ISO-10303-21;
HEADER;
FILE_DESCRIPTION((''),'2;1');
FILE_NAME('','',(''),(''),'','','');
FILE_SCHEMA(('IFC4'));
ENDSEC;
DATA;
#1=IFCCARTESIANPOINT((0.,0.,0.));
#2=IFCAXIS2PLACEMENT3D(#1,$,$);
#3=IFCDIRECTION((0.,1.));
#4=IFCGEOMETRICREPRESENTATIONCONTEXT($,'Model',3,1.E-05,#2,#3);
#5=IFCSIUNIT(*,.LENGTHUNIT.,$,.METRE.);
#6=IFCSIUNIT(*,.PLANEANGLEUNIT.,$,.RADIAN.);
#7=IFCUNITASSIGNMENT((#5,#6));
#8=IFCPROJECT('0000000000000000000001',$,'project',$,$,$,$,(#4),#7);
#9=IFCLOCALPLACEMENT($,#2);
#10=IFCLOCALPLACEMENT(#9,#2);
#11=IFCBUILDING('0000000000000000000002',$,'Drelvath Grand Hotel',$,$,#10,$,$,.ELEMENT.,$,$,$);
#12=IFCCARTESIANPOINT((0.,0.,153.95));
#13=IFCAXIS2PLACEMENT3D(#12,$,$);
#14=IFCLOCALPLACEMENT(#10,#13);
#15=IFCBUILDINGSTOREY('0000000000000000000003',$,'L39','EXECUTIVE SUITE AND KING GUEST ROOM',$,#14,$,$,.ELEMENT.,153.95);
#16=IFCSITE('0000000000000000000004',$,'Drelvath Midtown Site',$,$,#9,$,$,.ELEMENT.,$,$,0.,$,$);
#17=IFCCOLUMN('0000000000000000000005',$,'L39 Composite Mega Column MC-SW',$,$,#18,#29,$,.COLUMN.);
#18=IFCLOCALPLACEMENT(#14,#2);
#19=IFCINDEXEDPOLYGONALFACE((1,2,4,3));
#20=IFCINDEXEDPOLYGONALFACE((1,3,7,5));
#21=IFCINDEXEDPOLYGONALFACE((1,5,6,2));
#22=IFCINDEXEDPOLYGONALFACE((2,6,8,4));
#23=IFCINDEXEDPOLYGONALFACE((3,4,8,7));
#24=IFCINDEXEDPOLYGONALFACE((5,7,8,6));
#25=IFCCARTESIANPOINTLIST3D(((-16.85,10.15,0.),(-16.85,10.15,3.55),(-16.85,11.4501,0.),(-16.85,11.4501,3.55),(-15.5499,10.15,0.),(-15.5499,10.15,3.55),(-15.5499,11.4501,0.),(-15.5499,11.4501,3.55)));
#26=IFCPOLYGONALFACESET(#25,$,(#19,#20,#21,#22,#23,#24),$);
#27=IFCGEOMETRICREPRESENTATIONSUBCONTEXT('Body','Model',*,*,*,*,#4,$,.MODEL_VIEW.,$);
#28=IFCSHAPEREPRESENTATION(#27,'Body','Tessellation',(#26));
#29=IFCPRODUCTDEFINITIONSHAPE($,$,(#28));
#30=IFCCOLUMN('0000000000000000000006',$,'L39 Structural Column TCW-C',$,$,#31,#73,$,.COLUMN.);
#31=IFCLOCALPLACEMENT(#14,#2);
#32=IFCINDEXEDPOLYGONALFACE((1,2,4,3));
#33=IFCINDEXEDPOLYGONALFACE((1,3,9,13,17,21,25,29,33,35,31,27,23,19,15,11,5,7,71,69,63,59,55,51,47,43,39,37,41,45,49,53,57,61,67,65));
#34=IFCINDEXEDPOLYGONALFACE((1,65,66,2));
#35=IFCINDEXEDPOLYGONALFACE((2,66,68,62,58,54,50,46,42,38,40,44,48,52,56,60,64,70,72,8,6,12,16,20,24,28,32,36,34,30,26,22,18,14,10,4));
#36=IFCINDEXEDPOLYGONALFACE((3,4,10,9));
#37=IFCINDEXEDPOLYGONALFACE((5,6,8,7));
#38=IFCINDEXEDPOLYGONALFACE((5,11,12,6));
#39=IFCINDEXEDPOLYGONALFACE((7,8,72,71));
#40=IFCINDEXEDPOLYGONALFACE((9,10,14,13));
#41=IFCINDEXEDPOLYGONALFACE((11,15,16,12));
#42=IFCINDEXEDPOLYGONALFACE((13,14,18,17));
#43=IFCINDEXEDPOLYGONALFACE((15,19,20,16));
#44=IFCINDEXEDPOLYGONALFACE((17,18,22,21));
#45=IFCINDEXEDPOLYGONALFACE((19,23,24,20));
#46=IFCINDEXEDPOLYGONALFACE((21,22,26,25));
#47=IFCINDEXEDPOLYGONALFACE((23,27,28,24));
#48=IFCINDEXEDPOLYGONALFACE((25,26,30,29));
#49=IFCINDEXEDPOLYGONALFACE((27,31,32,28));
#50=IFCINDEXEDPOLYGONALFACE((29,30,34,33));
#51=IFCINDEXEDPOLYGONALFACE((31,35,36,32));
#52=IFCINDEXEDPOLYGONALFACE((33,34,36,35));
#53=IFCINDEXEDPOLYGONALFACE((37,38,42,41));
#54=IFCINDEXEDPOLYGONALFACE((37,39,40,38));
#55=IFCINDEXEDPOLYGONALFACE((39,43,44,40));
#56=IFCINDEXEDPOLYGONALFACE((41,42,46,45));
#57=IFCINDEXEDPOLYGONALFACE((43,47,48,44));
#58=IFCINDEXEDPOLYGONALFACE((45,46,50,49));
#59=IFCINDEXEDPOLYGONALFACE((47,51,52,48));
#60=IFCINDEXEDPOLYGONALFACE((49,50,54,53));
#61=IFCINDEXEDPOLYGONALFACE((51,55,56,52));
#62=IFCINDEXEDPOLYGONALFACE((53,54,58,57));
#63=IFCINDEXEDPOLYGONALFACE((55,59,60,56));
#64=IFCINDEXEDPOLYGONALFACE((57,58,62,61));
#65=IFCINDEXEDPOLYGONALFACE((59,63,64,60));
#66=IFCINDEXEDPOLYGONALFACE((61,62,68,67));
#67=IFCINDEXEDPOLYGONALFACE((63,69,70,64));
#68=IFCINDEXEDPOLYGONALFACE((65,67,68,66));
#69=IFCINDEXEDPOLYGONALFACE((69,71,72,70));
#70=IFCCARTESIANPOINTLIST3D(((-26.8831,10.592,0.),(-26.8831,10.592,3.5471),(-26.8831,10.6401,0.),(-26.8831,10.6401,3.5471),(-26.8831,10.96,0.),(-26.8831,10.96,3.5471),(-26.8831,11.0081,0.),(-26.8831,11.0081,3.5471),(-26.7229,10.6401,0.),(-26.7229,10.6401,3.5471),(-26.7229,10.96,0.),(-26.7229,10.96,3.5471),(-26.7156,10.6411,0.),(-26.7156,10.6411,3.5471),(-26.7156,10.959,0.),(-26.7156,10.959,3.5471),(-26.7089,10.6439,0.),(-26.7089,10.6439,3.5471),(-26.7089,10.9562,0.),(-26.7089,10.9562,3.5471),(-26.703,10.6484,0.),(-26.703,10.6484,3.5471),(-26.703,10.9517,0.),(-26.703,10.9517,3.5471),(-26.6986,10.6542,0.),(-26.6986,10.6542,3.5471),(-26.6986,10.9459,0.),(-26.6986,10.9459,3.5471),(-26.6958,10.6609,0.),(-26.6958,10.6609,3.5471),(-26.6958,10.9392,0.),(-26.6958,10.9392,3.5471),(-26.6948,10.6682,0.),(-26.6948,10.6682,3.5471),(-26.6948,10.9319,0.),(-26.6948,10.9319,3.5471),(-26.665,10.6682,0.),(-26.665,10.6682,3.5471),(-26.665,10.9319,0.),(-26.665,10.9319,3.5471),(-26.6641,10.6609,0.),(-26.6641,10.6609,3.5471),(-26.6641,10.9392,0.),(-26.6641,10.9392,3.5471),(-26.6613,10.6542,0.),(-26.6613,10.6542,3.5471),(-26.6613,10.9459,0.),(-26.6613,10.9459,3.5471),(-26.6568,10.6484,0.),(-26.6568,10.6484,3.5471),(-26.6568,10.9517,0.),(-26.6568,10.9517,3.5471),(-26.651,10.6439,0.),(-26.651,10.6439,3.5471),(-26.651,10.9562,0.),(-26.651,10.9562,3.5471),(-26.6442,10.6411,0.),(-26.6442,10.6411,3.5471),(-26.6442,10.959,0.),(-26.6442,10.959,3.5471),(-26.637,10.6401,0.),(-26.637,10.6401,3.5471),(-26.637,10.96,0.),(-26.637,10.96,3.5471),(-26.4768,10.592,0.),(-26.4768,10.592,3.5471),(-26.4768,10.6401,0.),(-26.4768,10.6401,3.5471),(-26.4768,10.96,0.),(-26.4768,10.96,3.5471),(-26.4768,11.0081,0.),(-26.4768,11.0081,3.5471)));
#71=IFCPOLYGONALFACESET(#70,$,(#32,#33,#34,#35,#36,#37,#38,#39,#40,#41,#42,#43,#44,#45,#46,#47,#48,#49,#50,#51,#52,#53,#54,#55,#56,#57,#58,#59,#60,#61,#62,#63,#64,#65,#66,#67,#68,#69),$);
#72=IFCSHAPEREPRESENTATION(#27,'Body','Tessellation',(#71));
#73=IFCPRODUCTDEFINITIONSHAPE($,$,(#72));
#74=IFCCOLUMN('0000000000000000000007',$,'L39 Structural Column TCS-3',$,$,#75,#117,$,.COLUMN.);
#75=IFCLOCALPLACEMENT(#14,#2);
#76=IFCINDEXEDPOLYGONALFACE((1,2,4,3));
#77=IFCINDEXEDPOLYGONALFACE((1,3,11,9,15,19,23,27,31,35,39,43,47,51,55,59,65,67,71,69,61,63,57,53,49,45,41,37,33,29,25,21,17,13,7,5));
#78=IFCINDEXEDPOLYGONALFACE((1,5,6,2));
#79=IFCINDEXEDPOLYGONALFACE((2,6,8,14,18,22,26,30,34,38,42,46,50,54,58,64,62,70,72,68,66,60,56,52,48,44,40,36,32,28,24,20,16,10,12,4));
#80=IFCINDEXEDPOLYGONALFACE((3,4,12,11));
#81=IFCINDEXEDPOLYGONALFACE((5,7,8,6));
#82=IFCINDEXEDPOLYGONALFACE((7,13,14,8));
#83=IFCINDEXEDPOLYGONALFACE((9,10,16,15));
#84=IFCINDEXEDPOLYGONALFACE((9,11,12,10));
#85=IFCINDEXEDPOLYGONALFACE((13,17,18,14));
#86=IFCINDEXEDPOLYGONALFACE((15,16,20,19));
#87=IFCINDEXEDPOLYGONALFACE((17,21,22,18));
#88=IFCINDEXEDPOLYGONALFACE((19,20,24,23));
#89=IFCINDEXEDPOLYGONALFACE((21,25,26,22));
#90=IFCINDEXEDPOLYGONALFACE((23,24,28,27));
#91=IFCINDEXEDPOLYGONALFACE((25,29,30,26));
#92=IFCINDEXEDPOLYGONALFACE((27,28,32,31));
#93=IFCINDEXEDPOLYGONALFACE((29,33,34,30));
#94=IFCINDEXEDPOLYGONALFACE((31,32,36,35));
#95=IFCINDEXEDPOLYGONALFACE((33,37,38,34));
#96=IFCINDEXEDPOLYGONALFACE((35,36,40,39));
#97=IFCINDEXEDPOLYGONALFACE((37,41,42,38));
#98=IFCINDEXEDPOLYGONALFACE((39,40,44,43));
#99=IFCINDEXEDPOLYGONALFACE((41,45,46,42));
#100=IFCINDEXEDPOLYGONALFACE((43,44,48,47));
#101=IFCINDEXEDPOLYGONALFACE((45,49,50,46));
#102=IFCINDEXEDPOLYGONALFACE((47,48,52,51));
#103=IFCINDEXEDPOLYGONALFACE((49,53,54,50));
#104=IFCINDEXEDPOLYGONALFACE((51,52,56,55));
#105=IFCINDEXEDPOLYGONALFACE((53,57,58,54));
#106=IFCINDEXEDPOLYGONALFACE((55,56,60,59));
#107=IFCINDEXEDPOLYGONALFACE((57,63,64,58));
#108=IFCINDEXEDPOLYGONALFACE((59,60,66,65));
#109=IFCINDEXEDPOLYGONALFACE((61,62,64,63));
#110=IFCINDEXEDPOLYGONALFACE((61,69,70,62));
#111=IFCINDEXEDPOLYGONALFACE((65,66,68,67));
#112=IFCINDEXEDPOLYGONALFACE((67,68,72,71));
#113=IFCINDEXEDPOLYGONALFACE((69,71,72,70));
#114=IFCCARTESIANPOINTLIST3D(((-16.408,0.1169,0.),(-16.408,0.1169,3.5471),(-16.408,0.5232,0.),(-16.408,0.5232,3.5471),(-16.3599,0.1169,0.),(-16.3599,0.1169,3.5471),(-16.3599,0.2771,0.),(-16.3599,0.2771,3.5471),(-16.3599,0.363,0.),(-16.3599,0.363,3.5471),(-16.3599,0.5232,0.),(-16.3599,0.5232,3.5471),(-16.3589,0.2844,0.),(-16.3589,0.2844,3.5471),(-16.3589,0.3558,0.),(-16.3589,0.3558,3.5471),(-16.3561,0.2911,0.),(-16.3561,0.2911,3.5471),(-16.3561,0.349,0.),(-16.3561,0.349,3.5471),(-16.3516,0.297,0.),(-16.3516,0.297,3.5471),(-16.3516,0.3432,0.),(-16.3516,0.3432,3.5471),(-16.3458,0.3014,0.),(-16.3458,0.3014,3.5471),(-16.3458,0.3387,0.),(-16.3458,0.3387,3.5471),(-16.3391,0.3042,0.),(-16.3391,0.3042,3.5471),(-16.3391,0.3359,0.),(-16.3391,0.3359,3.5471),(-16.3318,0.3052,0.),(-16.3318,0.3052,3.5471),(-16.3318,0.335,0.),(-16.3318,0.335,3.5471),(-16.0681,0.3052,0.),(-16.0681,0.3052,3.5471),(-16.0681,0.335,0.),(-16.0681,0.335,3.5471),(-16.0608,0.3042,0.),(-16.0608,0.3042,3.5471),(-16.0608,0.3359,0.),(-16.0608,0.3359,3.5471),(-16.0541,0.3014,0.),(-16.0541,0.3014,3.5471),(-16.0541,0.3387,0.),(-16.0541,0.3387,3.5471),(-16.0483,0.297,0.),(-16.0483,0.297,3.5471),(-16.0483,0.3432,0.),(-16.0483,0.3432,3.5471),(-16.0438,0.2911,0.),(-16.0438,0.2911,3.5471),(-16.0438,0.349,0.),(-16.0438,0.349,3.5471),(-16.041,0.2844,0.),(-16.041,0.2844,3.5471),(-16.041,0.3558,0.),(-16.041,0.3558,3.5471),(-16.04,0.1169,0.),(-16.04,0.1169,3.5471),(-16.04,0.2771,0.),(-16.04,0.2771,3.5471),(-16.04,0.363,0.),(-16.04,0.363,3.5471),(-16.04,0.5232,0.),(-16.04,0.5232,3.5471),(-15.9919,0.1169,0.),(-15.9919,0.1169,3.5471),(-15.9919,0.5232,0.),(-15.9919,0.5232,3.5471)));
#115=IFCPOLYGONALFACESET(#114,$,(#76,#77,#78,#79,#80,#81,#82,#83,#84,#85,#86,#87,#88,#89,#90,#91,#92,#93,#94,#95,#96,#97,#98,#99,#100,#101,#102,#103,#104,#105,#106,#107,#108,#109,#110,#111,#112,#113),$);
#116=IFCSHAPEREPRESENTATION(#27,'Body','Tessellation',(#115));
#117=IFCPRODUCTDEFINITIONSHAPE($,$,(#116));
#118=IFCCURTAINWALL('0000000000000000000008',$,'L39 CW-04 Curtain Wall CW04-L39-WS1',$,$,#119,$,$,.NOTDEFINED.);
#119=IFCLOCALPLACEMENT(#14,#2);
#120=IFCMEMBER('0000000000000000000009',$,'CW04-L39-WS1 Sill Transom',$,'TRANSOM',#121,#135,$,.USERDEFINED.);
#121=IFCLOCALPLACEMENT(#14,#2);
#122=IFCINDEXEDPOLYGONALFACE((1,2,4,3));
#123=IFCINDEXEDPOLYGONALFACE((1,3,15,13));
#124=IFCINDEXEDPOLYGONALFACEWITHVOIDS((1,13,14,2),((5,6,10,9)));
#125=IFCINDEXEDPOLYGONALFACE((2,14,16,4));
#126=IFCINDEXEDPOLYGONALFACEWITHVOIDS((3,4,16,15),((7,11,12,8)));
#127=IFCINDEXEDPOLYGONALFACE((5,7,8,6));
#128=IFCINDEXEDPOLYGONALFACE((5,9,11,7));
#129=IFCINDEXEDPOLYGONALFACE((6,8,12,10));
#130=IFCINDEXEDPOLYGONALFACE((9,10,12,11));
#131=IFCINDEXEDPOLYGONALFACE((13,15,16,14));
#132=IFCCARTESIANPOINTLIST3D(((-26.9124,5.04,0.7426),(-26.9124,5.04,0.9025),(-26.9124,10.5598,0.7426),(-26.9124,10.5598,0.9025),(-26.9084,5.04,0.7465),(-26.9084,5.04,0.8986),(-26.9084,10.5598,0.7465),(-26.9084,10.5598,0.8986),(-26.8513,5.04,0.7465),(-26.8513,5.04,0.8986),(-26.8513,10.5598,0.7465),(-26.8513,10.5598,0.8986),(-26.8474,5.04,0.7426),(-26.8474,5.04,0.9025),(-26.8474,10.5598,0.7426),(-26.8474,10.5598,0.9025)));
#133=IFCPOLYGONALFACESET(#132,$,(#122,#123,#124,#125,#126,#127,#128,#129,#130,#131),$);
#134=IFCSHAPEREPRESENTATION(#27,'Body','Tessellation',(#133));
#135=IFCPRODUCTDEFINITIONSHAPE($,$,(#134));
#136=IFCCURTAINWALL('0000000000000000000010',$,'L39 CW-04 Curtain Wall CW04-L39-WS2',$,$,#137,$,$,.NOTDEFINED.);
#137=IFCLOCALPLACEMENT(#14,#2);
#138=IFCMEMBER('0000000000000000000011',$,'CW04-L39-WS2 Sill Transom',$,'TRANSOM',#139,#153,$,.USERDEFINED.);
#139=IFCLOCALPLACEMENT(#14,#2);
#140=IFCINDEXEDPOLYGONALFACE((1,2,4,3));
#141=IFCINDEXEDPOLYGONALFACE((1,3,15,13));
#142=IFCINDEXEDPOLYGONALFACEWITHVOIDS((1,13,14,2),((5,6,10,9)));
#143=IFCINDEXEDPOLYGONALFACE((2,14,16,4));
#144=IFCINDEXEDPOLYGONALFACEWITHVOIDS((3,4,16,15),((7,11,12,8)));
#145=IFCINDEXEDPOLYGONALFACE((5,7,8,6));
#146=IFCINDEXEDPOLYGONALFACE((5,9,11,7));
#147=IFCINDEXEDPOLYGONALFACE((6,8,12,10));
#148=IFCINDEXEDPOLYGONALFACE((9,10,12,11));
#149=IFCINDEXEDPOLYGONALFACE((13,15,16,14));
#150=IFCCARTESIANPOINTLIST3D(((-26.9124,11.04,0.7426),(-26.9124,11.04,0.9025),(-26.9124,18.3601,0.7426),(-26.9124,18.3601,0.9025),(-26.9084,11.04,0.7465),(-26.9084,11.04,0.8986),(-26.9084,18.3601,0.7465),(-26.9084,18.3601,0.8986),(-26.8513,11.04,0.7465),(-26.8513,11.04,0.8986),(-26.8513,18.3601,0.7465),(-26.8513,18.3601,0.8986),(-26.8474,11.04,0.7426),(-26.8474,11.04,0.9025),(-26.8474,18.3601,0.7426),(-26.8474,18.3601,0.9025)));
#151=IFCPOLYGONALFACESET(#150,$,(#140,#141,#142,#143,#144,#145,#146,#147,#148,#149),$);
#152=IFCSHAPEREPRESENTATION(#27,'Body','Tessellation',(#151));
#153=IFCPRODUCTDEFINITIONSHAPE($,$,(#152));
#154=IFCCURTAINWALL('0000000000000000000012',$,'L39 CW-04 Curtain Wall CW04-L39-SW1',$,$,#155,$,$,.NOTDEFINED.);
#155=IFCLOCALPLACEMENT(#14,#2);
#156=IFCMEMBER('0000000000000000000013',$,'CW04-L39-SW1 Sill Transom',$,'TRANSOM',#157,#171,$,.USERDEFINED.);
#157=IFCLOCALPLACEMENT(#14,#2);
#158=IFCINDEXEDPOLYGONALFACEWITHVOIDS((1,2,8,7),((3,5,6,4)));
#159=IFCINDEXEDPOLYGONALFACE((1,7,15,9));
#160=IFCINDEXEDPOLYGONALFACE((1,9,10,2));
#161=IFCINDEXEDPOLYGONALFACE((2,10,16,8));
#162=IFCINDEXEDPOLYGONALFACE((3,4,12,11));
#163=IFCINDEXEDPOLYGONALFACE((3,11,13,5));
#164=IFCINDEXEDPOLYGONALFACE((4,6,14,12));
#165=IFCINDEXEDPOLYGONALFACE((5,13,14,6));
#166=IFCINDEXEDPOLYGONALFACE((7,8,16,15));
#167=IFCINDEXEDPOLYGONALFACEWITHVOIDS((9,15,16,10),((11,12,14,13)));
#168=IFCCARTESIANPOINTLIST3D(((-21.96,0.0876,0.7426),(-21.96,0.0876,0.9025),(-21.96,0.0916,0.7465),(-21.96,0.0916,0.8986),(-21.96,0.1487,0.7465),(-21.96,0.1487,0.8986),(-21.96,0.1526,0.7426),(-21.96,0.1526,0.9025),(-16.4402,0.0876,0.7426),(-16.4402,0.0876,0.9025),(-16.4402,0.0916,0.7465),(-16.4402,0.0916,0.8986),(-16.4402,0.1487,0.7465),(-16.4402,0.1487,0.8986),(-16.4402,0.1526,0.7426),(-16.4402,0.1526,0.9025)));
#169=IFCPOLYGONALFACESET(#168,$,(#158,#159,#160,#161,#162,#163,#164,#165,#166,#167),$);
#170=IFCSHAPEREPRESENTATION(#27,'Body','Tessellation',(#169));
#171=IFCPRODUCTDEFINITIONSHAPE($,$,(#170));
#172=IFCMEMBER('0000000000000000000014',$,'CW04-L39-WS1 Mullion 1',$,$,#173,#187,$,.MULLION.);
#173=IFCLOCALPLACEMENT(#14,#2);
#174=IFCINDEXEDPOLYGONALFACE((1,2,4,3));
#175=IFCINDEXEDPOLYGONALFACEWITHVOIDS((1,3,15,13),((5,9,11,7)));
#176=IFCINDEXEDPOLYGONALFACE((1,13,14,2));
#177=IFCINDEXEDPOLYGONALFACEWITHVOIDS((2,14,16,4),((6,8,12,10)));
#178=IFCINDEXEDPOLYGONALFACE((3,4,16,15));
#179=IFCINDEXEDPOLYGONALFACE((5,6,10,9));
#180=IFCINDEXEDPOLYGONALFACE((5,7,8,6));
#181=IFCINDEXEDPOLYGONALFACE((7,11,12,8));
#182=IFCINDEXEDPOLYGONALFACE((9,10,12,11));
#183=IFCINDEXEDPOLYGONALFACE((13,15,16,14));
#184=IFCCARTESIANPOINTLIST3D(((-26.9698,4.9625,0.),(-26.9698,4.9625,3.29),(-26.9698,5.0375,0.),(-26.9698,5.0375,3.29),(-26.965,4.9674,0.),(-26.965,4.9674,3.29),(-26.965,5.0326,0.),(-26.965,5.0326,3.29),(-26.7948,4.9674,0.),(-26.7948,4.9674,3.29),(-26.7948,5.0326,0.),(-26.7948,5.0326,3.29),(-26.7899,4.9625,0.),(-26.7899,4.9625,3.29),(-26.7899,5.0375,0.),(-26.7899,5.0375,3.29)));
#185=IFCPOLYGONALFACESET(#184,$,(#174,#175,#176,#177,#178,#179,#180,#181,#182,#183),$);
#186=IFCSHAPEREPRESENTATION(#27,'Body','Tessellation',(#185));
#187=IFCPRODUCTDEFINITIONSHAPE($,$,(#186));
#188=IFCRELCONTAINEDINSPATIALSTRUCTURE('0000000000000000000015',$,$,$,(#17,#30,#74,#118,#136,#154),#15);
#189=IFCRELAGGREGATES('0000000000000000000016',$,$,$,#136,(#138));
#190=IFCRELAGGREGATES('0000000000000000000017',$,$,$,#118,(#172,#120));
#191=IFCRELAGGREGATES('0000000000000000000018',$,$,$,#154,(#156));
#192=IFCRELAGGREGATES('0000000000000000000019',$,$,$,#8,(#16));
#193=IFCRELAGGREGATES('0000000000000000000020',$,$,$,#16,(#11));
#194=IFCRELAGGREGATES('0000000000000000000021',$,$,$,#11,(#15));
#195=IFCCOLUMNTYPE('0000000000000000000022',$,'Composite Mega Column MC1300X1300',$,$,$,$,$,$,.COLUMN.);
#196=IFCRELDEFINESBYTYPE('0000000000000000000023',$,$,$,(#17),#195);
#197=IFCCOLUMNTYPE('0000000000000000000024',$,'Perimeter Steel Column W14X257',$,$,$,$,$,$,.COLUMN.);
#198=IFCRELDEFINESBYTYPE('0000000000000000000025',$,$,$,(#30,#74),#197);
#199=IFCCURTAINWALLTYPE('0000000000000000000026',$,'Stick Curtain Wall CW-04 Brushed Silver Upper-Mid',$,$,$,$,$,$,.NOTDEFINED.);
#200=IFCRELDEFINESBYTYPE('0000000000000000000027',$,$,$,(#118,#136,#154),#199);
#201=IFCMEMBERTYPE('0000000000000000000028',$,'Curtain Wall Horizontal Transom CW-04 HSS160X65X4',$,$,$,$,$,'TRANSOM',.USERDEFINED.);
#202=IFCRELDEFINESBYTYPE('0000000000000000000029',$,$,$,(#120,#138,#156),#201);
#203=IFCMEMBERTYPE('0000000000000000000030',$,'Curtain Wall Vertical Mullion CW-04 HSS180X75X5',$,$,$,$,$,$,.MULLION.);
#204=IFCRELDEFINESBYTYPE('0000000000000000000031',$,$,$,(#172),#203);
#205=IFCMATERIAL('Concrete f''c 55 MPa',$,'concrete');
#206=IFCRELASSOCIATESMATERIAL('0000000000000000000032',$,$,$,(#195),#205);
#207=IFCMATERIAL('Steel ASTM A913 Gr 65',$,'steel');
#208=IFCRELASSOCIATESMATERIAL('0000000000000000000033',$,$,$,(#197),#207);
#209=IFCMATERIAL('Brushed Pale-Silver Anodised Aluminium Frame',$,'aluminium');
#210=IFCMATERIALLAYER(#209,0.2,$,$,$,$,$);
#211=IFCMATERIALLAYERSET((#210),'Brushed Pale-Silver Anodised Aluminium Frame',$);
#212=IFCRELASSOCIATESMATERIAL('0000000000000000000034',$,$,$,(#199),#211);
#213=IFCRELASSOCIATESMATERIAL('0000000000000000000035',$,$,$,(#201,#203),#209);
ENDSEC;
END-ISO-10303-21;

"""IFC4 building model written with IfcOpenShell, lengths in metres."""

from ifc_helpers import new_model, si_unit, direction, frame, origin, origin_2d, place, context, subcontext, project, spatial, rectangle, hollow_rectangle, i_section, extrude, material, layer, layer_set, material_profile, profile_set, type_object, element, aggregate, save


model = new_model("IFC4")

# Units and contexts
model_context = context("Model", 3, precision=1e-05, world=origin(), true_north=direction((0.0, 1.0)))
body_context = subcontext(model_context, "Body", "Model", "MODEL_VIEW")
ifc_project = project(units=[si_unit("LENGTHUNIT", "METRE"), si_unit("PLANEANGLEUNIT", "RADIAN")], contexts=[model_context])

# Site, building, storey
site_placement = place(None, origin())
site = spatial("IfcSite", under=ifc_project, at=site_placement, Name="Drelvath Midtown Site", CompositionType="ELEMENT", RefElevation=0.0)
building_placement = place(site_placement, origin())
building = spatial("IfcBuilding", under=site, at=building_placement, Name="Drelvath Grand Hotel", CompositionType="ELEMENT")
storey_placement = place(building_placement, frame((0.0, 0.0, 153.95)))
storey = spatial("IfcBuildingStorey", under=building, at=storey_placement, Name="L39", Description="EXECUTIVE SUITE AND KING GUEST ROOM", CompositionType="ELEMENT", Elevation=153.95)

# Columns
ifc_material_1 = material(Name="Concrete f'c 55 MPa", Category="concrete")
ifc_material_profile_1 = material_profile(ifc_material_1, rectangle(XDim=1.3, YDim=1.3, at=origin_2d()), Name="MC1300X1300")
ifc_profile_set_1 = profile_set([ifc_material_profile_1], Name="Concrete f'c 55 MPa")
column_type_1 = type_object("IfcColumnType", Name="Composite Mega Column MC1300X1300", PredefinedType="COLUMN", material=ifc_profile_set_1)
column_placement = place(storey_placement, frame((-16.2, 10.8, 0.0), z_axis=(0.0, 0.0, 1.0), x_axis=(1.0, 0.0, 0.0)))
element("IfcColumn", 1, at=column_placement, inside=storey, type_object=column_type_1, Name="L39 Composite Mega Column MC-SW", PredefinedType="COLUMN", context=body_context, shape_type="SweptSolid", body=[
    extrude(rectangle(XDim=1.3, YDim=1.3, at=origin_2d()), origin(), (0.0, 0.0, 1.0), 3.55),
])
ifc_material_2 = material(Name="Steel ASTM A913 Gr 65", Category="steel")
ifc_material_profile_2 = material_profile(ifc_material_2, i_section(OverallWidth=0.4062, OverallDepth=0.416, WebThickness=0.0298, FlangeThickness=0.0481, FilletRadius=0.0281, at=origin_2d()), Name="W14X257")
ifc_profile_set_2 = profile_set([ifc_material_profile_2], Name="Steel ASTM A913 Gr 65")
column_type_2 = type_object("IfcColumnType", Name="Perimeter Steel Column W14X257", PredefinedType="COLUMN", material=ifc_profile_set_2)
for number, where, z_axis, x_axis, name in (
    (2, (-26.6799, 10.8, 0.0), (0.0, 0.0, 1.0), (1.0, 0.0, 0.0), "L39 Structural Column TCW-C"),
    (3, (-16.2, 0.3201, 0.0), (0.0, 0.0, 1.0), (0.0, 1.0, 0.0), "L39 Structural Column TCS-3"),
):
    element("IfcColumn", number, at=place(storey_placement, frame(where, z_axis=z_axis, x_axis=x_axis)), inside=storey, type_object=column_type_2, Name=name, PredefinedType="COLUMN", context=body_context, shape_type="SweptSolid", body=[
        extrude(i_section(OverallWidth=0.4062, OverallDepth=0.416, WebThickness=0.0298, FlangeThickness=0.0481, FilletRadius=0.0281, at=origin_2d()), origin(), (0.0, 0.0, 1.0), 3.5471),
    ])

# Curtain walls, members
ifc_material_3 = material(Name="Brushed Pale-Silver Anodised Aluminium Frame", Category="aluminium")
ifc_layer_1 = layer(ifc_material_3, 0.2)
ifc_layer_set_1 = layer_set([ifc_layer_1], Name="Brushed Pale-Silver Anodised Aluminium Frame")
curtain_wall_type = type_object("IfcCurtainWallType", Name="Stick Curtain Wall CW-04 Brushed Silver Upper-Mid", PredefinedType="NOTDEFINED", material=ifc_layer_set_1)
curtain_wall_1_placement = place(storey_placement, origin())
curtain_wall_1 = element("IfcCurtainWall", 4, at=curtain_wall_1_placement, inside=storey, type_object=curtain_wall_type, Name="L39 CW-04 Curtain Wall CW04-L39-WS1", PredefinedType="NOTDEFINED")
ifc_material_profile_3 = material_profile(ifc_material_3, hollow_rectangle(XDim=0.0649, YDim=0.1599, WallThickness=0.0039, at=origin_2d()), Name="HSS160X65X4")
ifc_profile_set_3 = profile_set([ifc_material_profile_3], Name="Brushed Pale-Silver Anodised Aluminium Frame")
member_type_1 = type_object("IfcMemberType", Name="Curtain Wall Horizontal Transom CW-04 HSS160X65X4", ElementType="TRANSOM", PredefinedType="USERDEFINED", material=ifc_profile_set_3)
member_1_placement = place(storey_placement, frame((-26.8799, 5.04, 0.8225), z_axis=(0.0, 1.0, 0.0), x_axis=(-1.0, 0.0, 0.0)))
member_1 = element("IfcMember", 5, at=member_1_placement, type_object=member_type_1, Name="CW04-L39-WS1 Sill Transom", ObjectType="TRANSOM", PredefinedType="USERDEFINED", context=body_context, shape_type="SweptSolid", body=[
    extrude(hollow_rectangle(XDim=0.0649, YDim=0.1599, WallThickness=0.0039, at=origin_2d()), origin(), (0.0, 0.0, 1.0), 5.5198),
])
curtain_wall_2_placement = place(storey_placement, origin())
curtain_wall_2 = element("IfcCurtainWall", 6, at=curtain_wall_2_placement, inside=storey, type_object=curtain_wall_type, Name="L39 CW-04 Curtain Wall CW04-L39-WS2", PredefinedType="NOTDEFINED")
member_2_placement = place(storey_placement, frame((-26.8799, 11.04, 0.8225), z_axis=(0.0, 1.0, 0.0), x_axis=(-1.0, 0.0, 0.0)))
member_2 = element("IfcMember", 7, at=member_2_placement, type_object=member_type_1, Name="CW04-L39-WS2 Sill Transom", ObjectType="TRANSOM", PredefinedType="USERDEFINED", context=body_context, shape_type="SweptSolid", body=[
    extrude(hollow_rectangle(XDim=0.0649, YDim=0.1599, WallThickness=0.0039, at=origin_2d()), origin(), (0.0, 0.0, 1.0), 7.3201),
])
curtain_wall_3_placement = place(storey_placement, origin())
curtain_wall_3 = element("IfcCurtainWall", 8, at=curtain_wall_3_placement, inside=storey, type_object=curtain_wall_type, Name="L39 CW-04 Curtain Wall CW04-L39-SW1", PredefinedType="NOTDEFINED")
member_3_placement = place(storey_placement, frame((-16.4402, 0.1201, 0.8225), z_axis=(-1.0, 0.0, 0.0), x_axis=(0.0, -1.0, 0.0)))
member_3 = element("IfcMember", 9, at=member_3_placement, type_object=member_type_1, Name="CW04-L39-SW1 Sill Transom", ObjectType="TRANSOM", PredefinedType="USERDEFINED", context=body_context, shape_type="SweptSolid", body=[
    extrude(hollow_rectangle(XDim=0.0649, YDim=0.1599, WallThickness=0.0039, at=origin_2d()), origin(), (0.0, 0.0, 1.0), 5.5198),
])

# Member
ifc_material_profile_4 = material_profile(ifc_material_3, hollow_rectangle(XDim=0.075, YDim=0.1799, WallThickness=0.0049, at=origin_2d()), Name="HSS180X75X5")
ifc_profile_set_4 = profile_set([ifc_material_profile_4], Name="Brushed Pale-Silver Anodised Aluminium Frame")
member_type_2 = type_object("IfcMemberType", Name="Curtain Wall Vertical Mullion CW-04 HSS180X75X5", PredefinedType="MULLION", material=ifc_profile_set_4)
member_4_placement = place(storey_placement, frame((-26.8799, 5.0, 0.0), z_axis=(0.0, 0.0, 1.0), x_axis=(0.0, 1.0, 0.0)))
member_4 = element("IfcMember", 10, at=member_4_placement, type_object=member_type_2, Name="CW04-L39-WS1 Mullion 1", PredefinedType="MULLION", context=body_context, shape_type="SweptSolid", body=[
    extrude(hollow_rectangle(XDim=0.075, YDim=0.1799, WallThickness=0.0049, at=origin_2d()), origin(), (0.0, 0.0, 1.0), 3.29),
])
aggregate(curtain_wall_2, [member_2])

aggregate(curtain_wall_1, [member_4, member_1])
aggregate(curtain_wall_3, [member_3])

save(model, "model.ifc")
